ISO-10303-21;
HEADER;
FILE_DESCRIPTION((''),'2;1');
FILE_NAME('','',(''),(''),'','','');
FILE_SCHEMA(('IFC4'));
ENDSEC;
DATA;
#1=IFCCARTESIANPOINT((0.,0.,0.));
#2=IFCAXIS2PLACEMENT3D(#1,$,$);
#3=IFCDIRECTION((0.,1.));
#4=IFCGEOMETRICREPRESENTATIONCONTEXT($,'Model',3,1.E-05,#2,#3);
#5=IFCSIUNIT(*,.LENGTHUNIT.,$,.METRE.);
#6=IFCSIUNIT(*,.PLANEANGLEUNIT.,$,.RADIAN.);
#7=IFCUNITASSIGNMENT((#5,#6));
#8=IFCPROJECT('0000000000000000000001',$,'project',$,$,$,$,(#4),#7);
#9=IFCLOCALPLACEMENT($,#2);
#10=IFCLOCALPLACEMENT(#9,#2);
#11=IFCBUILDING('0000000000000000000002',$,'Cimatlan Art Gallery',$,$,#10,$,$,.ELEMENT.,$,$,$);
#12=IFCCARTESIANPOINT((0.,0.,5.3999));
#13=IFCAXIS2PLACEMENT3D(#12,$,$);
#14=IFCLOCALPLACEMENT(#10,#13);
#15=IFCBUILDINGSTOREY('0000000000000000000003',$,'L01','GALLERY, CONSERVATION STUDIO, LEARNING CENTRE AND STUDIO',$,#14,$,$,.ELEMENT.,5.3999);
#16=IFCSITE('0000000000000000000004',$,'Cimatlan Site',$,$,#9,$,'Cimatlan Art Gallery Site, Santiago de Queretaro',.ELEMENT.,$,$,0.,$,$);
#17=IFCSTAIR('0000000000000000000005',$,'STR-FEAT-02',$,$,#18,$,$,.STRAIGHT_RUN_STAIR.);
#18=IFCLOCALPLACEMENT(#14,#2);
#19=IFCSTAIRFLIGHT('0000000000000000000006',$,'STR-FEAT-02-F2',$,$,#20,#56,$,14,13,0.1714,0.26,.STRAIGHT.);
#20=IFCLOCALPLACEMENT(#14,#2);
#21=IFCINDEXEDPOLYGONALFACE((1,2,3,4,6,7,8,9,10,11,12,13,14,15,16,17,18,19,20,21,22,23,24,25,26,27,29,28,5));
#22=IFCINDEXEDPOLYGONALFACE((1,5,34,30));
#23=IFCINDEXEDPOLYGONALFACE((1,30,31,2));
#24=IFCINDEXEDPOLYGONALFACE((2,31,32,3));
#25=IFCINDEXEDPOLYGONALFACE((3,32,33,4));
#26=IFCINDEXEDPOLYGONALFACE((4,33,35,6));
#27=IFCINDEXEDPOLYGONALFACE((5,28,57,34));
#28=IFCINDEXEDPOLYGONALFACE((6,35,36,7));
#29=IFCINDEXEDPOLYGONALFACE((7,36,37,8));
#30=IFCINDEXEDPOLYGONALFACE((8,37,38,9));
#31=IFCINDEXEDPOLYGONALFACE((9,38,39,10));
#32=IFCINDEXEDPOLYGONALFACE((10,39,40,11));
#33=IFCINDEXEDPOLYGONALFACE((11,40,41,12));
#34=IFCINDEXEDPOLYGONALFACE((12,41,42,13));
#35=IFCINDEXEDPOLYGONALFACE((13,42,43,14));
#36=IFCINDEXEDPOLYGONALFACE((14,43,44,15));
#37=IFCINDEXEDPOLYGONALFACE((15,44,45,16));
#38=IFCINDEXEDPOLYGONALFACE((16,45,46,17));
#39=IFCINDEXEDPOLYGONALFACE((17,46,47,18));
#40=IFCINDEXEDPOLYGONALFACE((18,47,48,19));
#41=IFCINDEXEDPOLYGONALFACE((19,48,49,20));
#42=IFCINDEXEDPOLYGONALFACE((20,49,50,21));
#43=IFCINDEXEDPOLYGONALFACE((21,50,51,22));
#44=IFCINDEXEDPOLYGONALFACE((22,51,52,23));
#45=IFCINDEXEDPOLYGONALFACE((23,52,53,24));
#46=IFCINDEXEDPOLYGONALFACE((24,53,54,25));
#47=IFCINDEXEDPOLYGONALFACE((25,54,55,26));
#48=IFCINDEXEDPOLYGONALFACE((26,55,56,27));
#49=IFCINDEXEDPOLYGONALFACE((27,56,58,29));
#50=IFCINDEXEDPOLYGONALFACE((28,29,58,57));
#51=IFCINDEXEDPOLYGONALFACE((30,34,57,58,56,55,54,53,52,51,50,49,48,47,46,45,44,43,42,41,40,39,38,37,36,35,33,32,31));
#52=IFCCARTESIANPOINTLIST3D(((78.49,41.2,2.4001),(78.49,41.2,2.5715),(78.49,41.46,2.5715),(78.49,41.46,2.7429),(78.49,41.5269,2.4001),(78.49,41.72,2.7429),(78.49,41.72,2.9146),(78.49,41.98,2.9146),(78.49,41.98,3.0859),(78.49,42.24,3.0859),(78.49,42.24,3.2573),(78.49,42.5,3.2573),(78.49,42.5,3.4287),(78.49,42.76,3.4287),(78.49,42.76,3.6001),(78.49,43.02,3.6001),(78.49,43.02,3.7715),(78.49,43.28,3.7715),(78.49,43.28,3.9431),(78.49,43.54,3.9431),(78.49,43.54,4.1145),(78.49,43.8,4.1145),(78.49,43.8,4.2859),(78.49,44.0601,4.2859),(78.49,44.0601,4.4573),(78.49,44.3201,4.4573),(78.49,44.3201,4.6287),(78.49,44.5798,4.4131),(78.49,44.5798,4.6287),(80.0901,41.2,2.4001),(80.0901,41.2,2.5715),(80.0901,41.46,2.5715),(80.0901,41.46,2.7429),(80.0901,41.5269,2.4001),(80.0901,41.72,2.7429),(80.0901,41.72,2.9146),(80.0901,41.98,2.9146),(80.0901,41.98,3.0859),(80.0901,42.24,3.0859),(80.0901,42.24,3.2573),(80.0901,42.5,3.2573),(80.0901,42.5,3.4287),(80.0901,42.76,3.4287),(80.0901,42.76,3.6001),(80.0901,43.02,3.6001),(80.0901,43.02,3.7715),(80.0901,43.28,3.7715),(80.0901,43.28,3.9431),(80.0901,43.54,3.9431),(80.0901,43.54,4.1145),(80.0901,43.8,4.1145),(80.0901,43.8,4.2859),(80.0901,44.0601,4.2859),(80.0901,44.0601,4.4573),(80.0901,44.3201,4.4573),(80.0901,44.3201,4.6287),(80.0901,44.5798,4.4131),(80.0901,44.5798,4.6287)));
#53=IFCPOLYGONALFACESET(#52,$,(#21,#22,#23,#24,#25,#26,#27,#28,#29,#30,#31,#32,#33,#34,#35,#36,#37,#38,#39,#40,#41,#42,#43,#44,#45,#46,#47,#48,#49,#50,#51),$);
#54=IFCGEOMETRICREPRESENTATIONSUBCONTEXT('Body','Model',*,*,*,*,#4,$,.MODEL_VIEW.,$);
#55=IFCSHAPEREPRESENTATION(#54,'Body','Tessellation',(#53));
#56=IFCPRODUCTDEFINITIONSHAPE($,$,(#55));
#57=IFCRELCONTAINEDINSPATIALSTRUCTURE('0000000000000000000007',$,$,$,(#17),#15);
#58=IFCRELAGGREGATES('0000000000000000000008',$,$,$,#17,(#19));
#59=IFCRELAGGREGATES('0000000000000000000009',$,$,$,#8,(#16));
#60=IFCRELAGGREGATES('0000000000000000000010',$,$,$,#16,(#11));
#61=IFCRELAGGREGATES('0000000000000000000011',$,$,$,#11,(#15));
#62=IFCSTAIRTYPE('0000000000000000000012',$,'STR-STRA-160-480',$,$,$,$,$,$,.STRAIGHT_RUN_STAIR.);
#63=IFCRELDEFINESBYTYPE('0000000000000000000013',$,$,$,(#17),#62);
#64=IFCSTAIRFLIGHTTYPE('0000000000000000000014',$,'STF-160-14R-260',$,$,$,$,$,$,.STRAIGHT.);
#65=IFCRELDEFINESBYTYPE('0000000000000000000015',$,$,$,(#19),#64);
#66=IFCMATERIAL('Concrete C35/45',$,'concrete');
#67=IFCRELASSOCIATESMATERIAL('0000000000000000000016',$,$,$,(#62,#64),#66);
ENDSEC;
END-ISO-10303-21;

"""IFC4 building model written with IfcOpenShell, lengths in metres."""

from ifc_helpers import new_model, si_unit, direction, frame, origin, place, context, subcontext, project, spatial, polyline, outline, extrude, material, type_object, element, aggregate, save


model = new_model("IFC4")

# Units and contexts
model_context = context("Model", 3, precision=1e-05, world=origin(), true_north=direction((0.0, 1.0)))
body_context = subcontext(model_context, "Body", "Model", "MODEL_VIEW")
ifc_project = project(units=[si_unit("LENGTHUNIT", "METRE"), si_unit("PLANEANGLEUNIT", "RADIAN")], contexts=[model_context])

# Site, building, storey
site_placement = place(None, origin())
site = spatial("IfcSite", under=ifc_project, at=site_placement, Name="Cimatlan Site", LongName="Cimatlan Art Gallery Site, Santiago de Queretaro", CompositionType="ELEMENT", RefElevation=0.0)
building_placement = place(site_placement, origin())
building = spatial("IfcBuilding", under=site, at=building_placement, Name="Cimatlan Art Gallery", CompositionType="ELEMENT")
storey_placement = place(building_placement, frame((0.0, 0.0, 5.3999)))
storey = spatial("IfcBuildingStorey", under=building, at=storey_placement, Name="L01", Description="GALLERY, CONSERVATION STUDIO, LEARNING CENTRE AND STUDIO", CompositionType="ELEMENT", Elevation=5.3999)

# Stair, stair flight
ifc_material_1 = material(Name="Concrete C35/45", Category="concrete")
stair_type = type_object("IfcStairType", Name="STR-STRA-160-480", PredefinedType="STRAIGHT_RUN_STAIR", material=ifc_material_1)
stair_placement = place(storey_placement, origin())
stair = element("IfcStair", 1, at=stair_placement, inside=storey, type_object=stair_type, Name="STR-FEAT-02", PredefinedType="STRAIGHT_RUN_STAIR")
stair_flight_type = type_object("IfcStairFlightType", Name="STF-160-14R-260", PredefinedType="STRAIGHT", material=ifc_material_1)
stair_flight_1_placement = place(storey_placement, frame((79.29, 41.2, 2.4001), z_axis=(0.0, 0.0, 1.0), x_axis=(0.0, 1.0, 0.0)))
stair_flight_1 = element("IfcStairFlight", 2, at=stair_flight_1_placement, type_object=stair_flight_type, Name="STR-FEAT-02-F2", NumberOfRisers=14, NumberOfTreads=13, PredefinedType="STRAIGHT", RiserHeight=0.1714, TreadLength=0.26, context=body_context, shape_type="SweptSolid", body=[
    extrude(outline(polyline([(0.0, 0.0), (0.0, 0.1714), (0.26, 0.1714), (0.26, 0.3428), (0.52, 0.3428), (0.52, 0.5144), (0.78, 0.5144), (0.78, 0.6858), (1.04, 0.6858), (1.04, 0.8572), (1.3, 0.8572), (1.3, 1.0286), (1.5601, 1.0286), (1.5601, 1.2), (1.8201, 1.2), (1.8201, 1.3713), (2.0801, 1.3713), (2.0801, 1.543), (2.3401, 1.543), (2.3401, 1.7144), (2.6001, 1.7144), (2.6001, 1.8857), (2.8601, 1.8857), (2.8601, 2.0571), (3.1201, 2.0571), (3.1201, 2.2285), (3.3799, 2.2285), (3.3799, 2.3999), (3.3799, 2.0129), (0.3269, 0.0), (0.0, 0.0)])), frame((0.0, 0.8, 0.0), z_axis=(0.0, -1.0, 0.0), x_axis=(1.0, 0.0, 0.0)), (0.0, 0.0, 1.0), 1.6001),
])
aggregate(stair, [stair_flight_1])

save(model, "model.ifc")
